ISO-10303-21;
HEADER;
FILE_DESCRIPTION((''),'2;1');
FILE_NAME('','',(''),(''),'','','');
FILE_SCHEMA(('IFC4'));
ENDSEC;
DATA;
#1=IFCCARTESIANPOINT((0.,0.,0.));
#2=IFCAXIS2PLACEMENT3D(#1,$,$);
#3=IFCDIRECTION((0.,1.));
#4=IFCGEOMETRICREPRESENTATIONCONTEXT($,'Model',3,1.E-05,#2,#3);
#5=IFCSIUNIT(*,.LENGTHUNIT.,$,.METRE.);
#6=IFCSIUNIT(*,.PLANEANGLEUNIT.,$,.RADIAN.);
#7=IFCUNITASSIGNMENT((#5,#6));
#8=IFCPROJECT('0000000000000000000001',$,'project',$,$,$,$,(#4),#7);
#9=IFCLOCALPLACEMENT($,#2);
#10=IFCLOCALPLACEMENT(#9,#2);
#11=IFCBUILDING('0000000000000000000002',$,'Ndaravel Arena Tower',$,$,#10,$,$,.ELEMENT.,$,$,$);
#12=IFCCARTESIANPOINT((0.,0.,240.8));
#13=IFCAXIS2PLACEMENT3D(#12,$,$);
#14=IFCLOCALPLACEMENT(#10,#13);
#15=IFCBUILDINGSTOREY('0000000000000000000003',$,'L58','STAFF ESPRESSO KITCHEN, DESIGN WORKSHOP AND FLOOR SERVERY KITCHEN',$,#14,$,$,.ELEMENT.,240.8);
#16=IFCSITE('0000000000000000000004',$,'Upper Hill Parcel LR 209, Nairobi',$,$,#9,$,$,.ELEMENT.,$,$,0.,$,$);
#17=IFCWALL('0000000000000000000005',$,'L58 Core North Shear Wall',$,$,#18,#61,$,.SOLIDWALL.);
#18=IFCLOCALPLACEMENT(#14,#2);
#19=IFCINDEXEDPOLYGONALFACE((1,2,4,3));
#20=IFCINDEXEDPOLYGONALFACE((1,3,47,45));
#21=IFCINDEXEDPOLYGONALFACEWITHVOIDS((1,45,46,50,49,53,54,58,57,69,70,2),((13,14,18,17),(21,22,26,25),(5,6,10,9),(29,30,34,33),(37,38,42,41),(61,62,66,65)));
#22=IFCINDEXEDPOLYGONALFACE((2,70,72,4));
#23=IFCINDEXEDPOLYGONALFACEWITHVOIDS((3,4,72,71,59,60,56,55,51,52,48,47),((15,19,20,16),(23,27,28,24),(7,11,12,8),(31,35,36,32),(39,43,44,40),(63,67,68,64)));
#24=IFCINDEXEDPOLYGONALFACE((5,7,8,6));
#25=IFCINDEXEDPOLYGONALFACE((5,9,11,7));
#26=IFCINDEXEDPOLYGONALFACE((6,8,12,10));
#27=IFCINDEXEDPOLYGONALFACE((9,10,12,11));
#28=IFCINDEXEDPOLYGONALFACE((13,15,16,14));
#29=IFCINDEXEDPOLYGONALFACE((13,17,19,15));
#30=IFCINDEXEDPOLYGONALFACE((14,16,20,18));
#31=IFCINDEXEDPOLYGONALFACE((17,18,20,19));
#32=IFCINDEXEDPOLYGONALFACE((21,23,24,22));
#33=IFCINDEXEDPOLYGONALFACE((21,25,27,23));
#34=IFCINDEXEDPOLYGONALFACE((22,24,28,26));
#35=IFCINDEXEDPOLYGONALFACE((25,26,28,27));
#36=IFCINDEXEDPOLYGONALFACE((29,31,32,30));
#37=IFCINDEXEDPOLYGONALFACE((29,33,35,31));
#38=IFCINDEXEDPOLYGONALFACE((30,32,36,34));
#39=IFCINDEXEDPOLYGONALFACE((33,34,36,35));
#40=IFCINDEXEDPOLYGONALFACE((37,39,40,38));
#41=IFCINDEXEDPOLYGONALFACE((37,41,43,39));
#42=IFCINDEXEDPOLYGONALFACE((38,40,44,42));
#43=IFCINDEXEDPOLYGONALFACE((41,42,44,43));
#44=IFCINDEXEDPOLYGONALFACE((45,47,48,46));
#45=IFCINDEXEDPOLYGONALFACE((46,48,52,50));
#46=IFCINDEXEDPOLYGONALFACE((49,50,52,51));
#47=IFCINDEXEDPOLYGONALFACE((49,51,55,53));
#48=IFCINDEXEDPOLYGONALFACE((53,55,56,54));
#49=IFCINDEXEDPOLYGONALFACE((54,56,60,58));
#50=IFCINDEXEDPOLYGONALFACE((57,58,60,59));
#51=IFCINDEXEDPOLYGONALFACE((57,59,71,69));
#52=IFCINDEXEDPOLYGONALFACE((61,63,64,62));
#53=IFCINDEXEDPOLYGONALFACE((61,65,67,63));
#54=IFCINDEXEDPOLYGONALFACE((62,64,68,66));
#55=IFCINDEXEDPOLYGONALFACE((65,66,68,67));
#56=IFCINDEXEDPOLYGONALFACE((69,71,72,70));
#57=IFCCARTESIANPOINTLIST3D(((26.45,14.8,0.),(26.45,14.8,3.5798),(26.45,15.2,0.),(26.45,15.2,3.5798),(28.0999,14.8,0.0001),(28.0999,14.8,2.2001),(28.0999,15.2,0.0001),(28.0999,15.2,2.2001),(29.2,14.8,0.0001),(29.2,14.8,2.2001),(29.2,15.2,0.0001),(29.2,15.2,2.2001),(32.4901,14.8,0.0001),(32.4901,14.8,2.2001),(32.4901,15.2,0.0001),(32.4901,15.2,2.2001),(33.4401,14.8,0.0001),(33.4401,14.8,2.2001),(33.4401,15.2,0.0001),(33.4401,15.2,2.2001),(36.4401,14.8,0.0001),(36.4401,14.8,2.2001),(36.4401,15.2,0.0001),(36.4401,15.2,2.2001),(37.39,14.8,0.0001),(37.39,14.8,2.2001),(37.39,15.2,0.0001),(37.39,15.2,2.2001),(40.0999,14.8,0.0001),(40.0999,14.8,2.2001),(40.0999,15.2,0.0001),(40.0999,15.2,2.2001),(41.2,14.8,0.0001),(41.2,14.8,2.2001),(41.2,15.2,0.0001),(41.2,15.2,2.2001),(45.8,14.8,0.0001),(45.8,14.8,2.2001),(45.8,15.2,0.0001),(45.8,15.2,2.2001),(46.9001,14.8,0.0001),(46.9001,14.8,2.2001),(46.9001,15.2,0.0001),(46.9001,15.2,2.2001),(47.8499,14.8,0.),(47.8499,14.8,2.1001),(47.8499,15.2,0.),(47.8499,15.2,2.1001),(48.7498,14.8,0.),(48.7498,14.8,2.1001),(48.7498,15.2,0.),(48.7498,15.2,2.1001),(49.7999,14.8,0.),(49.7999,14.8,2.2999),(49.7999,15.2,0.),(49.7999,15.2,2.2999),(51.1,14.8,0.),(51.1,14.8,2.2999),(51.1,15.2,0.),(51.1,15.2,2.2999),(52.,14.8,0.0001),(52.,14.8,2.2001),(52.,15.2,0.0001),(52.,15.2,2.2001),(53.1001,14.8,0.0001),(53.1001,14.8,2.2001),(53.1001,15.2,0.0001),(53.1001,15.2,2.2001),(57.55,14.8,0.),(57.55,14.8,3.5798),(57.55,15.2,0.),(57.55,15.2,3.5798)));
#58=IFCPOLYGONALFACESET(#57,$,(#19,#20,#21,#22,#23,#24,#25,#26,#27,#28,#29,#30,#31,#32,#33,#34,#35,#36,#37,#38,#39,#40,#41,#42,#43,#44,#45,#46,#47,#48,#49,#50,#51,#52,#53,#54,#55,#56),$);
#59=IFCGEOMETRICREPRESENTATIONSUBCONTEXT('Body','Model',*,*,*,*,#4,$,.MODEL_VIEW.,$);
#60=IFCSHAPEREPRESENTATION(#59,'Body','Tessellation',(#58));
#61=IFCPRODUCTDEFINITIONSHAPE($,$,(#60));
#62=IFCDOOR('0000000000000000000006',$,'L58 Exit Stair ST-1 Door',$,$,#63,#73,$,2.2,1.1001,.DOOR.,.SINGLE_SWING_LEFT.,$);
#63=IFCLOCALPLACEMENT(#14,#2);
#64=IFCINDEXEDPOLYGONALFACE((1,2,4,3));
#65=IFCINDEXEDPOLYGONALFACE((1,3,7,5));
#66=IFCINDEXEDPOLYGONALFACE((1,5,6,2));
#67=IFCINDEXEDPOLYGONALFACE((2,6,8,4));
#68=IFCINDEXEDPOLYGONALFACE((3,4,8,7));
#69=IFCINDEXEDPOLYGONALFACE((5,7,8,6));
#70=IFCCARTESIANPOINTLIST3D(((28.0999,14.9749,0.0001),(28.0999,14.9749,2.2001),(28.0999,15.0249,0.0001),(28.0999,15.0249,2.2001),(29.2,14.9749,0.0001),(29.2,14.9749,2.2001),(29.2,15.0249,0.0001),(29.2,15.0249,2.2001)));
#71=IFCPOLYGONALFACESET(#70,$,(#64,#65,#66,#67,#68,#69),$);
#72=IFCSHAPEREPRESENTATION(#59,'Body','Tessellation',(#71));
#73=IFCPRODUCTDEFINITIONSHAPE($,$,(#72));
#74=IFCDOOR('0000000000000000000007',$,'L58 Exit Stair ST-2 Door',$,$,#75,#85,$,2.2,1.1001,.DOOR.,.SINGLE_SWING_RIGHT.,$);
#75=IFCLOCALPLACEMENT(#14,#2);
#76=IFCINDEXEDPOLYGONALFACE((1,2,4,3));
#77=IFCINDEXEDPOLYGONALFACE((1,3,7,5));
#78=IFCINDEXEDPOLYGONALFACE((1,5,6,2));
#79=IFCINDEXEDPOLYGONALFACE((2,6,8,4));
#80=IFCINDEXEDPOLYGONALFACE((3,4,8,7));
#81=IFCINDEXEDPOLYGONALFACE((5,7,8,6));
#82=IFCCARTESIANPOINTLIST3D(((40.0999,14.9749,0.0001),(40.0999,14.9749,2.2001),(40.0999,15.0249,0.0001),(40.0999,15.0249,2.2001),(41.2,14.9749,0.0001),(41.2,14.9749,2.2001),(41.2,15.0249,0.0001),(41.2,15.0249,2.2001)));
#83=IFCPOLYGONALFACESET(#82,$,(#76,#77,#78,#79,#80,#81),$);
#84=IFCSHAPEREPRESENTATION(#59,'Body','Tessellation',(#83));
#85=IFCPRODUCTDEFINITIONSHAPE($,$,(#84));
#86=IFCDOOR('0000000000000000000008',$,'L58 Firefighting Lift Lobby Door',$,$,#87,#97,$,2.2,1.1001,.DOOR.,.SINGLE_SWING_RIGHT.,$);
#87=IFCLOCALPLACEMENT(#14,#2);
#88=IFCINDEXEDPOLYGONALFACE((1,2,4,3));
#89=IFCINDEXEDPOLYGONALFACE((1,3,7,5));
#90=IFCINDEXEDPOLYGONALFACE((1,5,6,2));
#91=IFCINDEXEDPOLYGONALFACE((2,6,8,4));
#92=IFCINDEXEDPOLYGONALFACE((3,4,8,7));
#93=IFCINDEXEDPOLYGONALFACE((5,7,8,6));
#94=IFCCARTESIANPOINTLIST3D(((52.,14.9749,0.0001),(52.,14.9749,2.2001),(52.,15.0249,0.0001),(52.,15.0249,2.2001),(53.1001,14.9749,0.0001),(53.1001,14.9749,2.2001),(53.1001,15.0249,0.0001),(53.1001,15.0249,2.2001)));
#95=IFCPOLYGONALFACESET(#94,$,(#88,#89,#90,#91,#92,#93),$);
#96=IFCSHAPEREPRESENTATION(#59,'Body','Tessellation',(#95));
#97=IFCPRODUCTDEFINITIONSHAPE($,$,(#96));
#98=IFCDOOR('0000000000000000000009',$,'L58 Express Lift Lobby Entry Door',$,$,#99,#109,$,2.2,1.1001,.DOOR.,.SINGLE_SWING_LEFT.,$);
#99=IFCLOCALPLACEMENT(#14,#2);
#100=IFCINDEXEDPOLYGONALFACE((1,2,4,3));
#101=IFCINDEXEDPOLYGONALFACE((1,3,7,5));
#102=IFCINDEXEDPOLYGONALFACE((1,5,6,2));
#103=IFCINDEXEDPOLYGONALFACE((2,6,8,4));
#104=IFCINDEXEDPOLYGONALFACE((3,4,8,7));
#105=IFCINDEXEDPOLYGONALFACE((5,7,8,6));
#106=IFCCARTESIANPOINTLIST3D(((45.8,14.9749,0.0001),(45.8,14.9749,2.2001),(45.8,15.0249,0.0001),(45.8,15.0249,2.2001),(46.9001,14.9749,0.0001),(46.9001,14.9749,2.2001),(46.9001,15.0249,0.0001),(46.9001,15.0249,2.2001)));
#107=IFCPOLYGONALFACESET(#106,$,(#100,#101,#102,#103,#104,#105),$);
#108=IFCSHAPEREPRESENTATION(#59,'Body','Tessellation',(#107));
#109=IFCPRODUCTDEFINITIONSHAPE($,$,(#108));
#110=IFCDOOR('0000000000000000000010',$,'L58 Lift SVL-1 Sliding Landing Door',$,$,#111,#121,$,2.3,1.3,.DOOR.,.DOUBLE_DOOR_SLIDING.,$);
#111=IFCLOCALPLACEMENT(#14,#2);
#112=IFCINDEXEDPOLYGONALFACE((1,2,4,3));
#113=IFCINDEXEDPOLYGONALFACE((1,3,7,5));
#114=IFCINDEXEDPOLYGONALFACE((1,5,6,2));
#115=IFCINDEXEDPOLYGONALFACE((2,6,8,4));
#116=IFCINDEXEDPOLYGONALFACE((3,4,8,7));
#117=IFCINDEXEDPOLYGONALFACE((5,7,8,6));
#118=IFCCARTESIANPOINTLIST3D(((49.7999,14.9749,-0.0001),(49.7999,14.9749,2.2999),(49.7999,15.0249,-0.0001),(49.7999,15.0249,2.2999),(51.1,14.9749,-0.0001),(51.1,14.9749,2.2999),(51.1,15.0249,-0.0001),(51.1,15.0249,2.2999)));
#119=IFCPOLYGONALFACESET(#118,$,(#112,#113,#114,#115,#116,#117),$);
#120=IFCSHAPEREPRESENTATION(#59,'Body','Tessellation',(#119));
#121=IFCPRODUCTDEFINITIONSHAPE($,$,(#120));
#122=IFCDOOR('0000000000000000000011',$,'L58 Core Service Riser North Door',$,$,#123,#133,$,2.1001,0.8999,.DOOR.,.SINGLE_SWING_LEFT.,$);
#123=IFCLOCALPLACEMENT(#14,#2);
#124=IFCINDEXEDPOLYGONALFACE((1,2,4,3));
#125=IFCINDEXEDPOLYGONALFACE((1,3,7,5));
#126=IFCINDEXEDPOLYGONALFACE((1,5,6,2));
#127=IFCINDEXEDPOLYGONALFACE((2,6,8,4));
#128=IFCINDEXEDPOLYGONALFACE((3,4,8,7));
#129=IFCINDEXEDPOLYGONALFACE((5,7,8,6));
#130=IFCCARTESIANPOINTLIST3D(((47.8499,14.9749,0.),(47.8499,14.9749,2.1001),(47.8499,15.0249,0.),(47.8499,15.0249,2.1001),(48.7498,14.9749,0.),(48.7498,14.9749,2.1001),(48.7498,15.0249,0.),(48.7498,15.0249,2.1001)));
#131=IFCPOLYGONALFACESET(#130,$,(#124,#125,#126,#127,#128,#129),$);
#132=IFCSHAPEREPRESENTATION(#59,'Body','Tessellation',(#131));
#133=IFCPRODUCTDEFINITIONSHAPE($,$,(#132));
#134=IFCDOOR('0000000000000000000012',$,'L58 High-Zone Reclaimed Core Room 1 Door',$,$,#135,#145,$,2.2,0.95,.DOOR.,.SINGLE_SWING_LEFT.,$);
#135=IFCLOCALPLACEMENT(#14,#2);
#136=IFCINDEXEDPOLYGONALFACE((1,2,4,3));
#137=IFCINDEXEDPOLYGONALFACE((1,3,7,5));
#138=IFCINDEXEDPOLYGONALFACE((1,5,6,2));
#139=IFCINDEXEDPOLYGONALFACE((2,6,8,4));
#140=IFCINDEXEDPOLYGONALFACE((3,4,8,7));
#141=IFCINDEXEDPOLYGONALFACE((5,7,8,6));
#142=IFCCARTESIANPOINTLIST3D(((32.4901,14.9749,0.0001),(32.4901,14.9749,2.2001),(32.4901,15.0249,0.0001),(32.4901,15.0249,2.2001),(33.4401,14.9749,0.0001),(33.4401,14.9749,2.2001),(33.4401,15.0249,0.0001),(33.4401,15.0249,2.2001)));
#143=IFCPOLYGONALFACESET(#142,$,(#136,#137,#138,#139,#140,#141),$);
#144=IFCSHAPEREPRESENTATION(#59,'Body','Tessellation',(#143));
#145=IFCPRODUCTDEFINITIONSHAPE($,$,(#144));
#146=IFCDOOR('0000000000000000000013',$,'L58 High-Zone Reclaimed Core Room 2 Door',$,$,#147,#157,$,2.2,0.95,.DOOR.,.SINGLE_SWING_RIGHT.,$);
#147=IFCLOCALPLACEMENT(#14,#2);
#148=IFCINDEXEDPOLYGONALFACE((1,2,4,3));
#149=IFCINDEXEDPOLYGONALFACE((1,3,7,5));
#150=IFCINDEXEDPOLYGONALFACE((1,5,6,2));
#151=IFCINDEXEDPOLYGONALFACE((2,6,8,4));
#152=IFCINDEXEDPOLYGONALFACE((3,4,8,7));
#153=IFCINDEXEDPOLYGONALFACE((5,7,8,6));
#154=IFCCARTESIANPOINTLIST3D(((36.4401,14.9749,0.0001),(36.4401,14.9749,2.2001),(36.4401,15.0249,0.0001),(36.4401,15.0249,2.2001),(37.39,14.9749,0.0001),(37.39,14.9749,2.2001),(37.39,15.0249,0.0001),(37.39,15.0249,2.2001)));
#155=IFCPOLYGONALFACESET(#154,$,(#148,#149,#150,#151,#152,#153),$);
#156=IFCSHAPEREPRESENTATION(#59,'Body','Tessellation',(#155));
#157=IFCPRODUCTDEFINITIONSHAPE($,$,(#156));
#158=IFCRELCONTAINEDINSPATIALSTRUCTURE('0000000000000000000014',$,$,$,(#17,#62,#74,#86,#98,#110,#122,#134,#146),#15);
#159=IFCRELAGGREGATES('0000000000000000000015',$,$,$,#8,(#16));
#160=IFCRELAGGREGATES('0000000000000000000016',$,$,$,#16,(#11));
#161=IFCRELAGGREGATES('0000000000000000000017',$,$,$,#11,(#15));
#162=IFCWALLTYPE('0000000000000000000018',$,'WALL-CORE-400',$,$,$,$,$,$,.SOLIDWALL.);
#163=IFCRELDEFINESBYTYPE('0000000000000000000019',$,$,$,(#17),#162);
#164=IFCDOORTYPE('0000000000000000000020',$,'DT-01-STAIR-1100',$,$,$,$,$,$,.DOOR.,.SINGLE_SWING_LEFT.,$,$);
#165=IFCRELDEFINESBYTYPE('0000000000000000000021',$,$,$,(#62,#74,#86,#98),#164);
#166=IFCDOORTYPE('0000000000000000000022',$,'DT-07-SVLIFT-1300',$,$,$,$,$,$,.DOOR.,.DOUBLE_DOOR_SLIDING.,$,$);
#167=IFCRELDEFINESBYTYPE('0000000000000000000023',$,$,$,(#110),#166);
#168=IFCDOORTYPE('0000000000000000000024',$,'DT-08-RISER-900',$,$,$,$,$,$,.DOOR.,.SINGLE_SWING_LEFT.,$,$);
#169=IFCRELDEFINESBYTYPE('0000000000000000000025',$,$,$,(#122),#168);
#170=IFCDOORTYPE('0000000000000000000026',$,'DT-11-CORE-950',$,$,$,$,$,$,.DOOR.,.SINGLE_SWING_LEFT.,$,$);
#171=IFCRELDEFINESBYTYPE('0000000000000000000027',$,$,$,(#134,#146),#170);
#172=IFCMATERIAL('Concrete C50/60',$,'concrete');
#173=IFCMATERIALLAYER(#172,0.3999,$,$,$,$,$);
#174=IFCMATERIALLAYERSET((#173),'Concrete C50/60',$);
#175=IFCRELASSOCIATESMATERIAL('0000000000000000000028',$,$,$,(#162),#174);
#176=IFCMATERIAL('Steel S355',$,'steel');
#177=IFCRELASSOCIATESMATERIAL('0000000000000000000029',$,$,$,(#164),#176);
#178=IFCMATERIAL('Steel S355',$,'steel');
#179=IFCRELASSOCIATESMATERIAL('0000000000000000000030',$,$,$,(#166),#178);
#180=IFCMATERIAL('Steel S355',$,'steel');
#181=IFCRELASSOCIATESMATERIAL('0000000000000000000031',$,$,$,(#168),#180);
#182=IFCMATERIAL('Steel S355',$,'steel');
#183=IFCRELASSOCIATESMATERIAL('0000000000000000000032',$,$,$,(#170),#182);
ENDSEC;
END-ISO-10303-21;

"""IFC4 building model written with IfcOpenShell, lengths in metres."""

from ifc_helpers import new_model, si_unit, direction, frame, frame_2d, origin, place, context, subcontext, project, spatial, rectangle, extrude, material, layer, layer_set, type_object, element, fill, save


model = new_model("IFC4")

# Units and contexts
model_context = context("Model", 3, precision=1e-05, world=origin(), true_north=direction((0.0, 1.0)))
body_context = subcontext(model_context, "Body", "Model", "MODEL_VIEW")
ifc_project = project(units=[si_unit("LENGTHUNIT", "METRE"), si_unit("PLANEANGLEUNIT", "RADIAN")], contexts=[model_context])

# Site, building, storey
site_placement = place(None, origin())
site = spatial("IfcSite", under=ifc_project, at=site_placement, Name="Upper Hill Parcel LR 209, Nairobi", CompositionType="ELEMENT", RefElevation=0.0)
building_placement = place(site_placement, origin())
building = spatial("IfcBuilding", under=site, at=building_placement, Name="Ndaravel Arena Tower", CompositionType="ELEMENT")
storey_placement = place(building_placement, frame((0.0, 0.0, 240.8)))
storey = spatial("IfcBuildingStorey", under=building, at=storey_placement, Name="L58", Description="STAFF ESPRESSO KITCHEN, DESIGN WORKSHOP AND FLOOR SERVERY KITCHEN", CompositionType="ELEMENT", Elevation=240.8)

# Wall, openings, doors
ifc_material_1 = material(Name="Concrete C50/60", Category="concrete")
ifc_layer_1 = layer(ifc_material_1, 0.3999)
ifc_layer_set_1 = layer_set([ifc_layer_1], Name="Concrete C50/60")
wall_type_1 = type_object("IfcWallType", Name="WALL-CORE-400", PredefinedType="SOLIDWALL", material=ifc_layer_set_1)
wall_1_placement = place(storey_placement, frame((26.45, 15.0, 0.0), z_axis=(0.0, 0.0, 1.0), x_axis=(1.0, 0.0, 0.0)))
wall_1 = element("IfcWall", 1, at=wall_1_placement, inside=storey, type_object=wall_type_1, Name="L58 Core North Shear Wall", PredefinedType="SOLIDWALL", context=body_context, shape_type="SweptSolid", body=[
    extrude(rectangle(XDim=31.1001, YDim=0.3999, at=frame_2d((15.55, 0.0))), origin(), (0.0, 0.0, 1.0), 3.5798),
])
opening_1_placement = place(wall_1_placement, frame((1.6499, 0.0, 0.0)))
opening_1 = element("IfcOpeningElement", 2, at=opening_1_placement, cuts=wall_1, PredefinedType="OPENING", context=body_context, shape_type="SweptSolid", body=[
    extrude(rectangle(XDim=1.1001, YDim=2.2, at=frame_2d((0.55, 1.1001))), frame((0.0, 0.2, 0.0), z_axis=(0.0, -1.0, 0.0), x_axis=(1.0, 0.0, 0.0)), (0.0, 0.0, 1.0), 0.3999),
])
opening_2_placement = place(wall_1_placement, frame((13.6499, 0.0, 0.0)))
opening_2 = element("IfcOpeningElement", 3, at=opening_2_placement, cuts=wall_1, PredefinedType="OPENING", context=body_context, shape_type="SweptSolid", body=[
    extrude(rectangle(XDim=1.1001, YDim=2.2, at=frame_2d((0.55, 1.1001))), frame((0.0, 0.2, 0.0), z_axis=(0.0, -1.0, 0.0), x_axis=(1.0, 0.0, 0.0)), (0.0, 0.0, 1.0), 0.3999),
])
opening_3_placement = place(wall_1_placement, frame((25.55, 0.0, 0.0)))
opening_3 = element("IfcOpeningElement", 4, at=opening_3_placement, cuts=wall_1, PredefinedType="OPENING", context=body_context, shape_type="SweptSolid", body=[
    extrude(rectangle(XDim=1.1001, YDim=2.2, at=frame_2d((0.55, 1.1001))), frame((0.0, 0.2, 0.0), z_axis=(0.0, -1.0, 0.0), x_axis=(1.0, 0.0, 0.0)), (0.0, 0.0, 1.0), 0.3999),
])
opening_4_placement = place(wall_1_placement, frame((19.3501, 0.0, 0.0)))
opening_4 = element("IfcOpeningElement", 5, at=opening_4_placement, cuts=wall_1, PredefinedType="OPENING", context=body_context, shape_type="SweptSolid", body=[
    extrude(rectangle(XDim=1.1001, YDim=2.2, at=frame_2d((0.55, 1.1001))), frame((0.0, 0.2, 0.0), z_axis=(0.0, -1.0, 0.0), x_axis=(1.0, 0.0, 0.0)), (0.0, 0.0, 1.0), 0.3999),
])
opening_5_placement = place(wall_1_placement, frame((21.3999, 0.0, 0.0)))
opening_5 = element("IfcOpeningElement", 6, at=opening_5_placement, cuts=wall_1, PredefinedType="OPENING", context=body_context, shape_type="SweptSolid", body=[
    extrude(rectangle(XDim=0.8999, YDim=2.1001, at=frame_2d((0.45, 1.05))), frame((0.0, 0.2, 0.0), z_axis=(0.0, -1.0, 0.0), x_axis=(1.0, 0.0, 0.0)), (0.0, 0.0, 1.0), 0.3999),
])
opening_6_placement = place(wall_1_placement, frame((6.04, 0.0, 0.0)))
opening_6 = element("IfcOpeningElement", 7, at=opening_6_placement, cuts=wall_1, PredefinedType="OPENING", context=body_context, shape_type="SweptSolid", body=[
    extrude(rectangle(XDim=0.95, YDim=2.2, at=frame_2d((0.4751, 1.1001))), frame((0.0, 0.2, 0.0), z_axis=(0.0, -1.0, 0.0), x_axis=(1.0, 0.0, 0.0)), (0.0, 0.0, 1.0), 0.3999),
])
opening_7_placement = place(wall_1_placement, frame((9.99, 0.0, 0.0)))
opening_7 = element("IfcOpeningElement", 8, at=opening_7_placement, cuts=wall_1, PredefinedType="OPENING", context=body_context, shape_type="SweptSolid", body=[
    extrude(rectangle(XDim=0.95, YDim=2.2, at=frame_2d((0.4751, 1.1001))), frame((0.0, 0.2, 0.0), z_axis=(0.0, -1.0, 0.0), x_axis=(1.0, 0.0, 0.0)), (0.0, 0.0, 1.0), 0.3999),
])
opening_8_placement = place(wall_1_placement, frame((23.3501, 0.0, 0.0)))
opening_8 = element("IfcOpeningElement", 9, at=opening_8_placement, cuts=wall_1, PredefinedType="OPENING", context=body_context, shape_type="SweptSolid", body=[
    extrude(rectangle(XDim=1.3, YDim=2.3, at=frame_2d((0.6499, 1.1499))), frame((0.0, 0.2, 0.0), z_axis=(0.0, -1.0, 0.0), x_axis=(1.0, 0.0, 0.0)), (0.0, 0.0, 1.0), 0.3999),
])
ifc_material_2 = material(Name="Steel S355", Category="steel")
door_type_1 = type_object("IfcDoorType", Name="DT-01-STAIR-1100", OperationType="SINGLE_SWING_LEFT", PredefinedType="DOOR", material=ifc_material_2)
door_1_placement = place(opening_1_placement, origin())
door_1 = element("IfcDoor", 10, at=door_1_placement, inside=storey, type_object=door_type_1, Name="L58 Exit Stair ST-1 Door", OperationType="SINGLE_SWING_LEFT", OverallHeight=2.2, OverallWidth=1.1001, PredefinedType="DOOR", context=body_context, shape_type="SweptSolid", body=[
    extrude(rectangle(XDim=1.1001, YDim=2.2, at=frame_2d((0.55, 1.1001))), frame((0.0, 0.0249, 0.0), z_axis=(0.0, -1.0, 0.0), x_axis=(1.0, 0.0, 0.0)), (0.0, 0.0, 1.0), 0.05),
])
fill(opening_1, door_1)
door_2_placement = place(opening_2_placement, origin())
door_2 = element("IfcDoor", 11, at=door_2_placement, inside=storey, type_object=door_type_1, Name="L58 Exit Stair ST-2 Door", OperationType="SINGLE_SWING_RIGHT", OverallHeight=2.2, OverallWidth=1.1001, PredefinedType="DOOR", context=body_context, shape_type="SweptSolid", body=[
    extrude(rectangle(XDim=1.1001, YDim=2.2, at=frame_2d((0.55, 1.1001))), frame((0.0, 0.0249, 0.0), z_axis=(0.0, -1.0, 0.0), x_axis=(1.0, 0.0, 0.0)), (0.0, 0.0, 1.0), 0.05),
])
fill(opening_2, door_2)
door_3_placement = place(opening_3_placement, origin())
door_3 = element("IfcDoor", 12, at=door_3_placement, inside=storey, type_object=door_type_1, Name="L58 Firefighting Lift Lobby Door", OperationType="SINGLE_SWING_RIGHT", OverallHeight=2.2, OverallWidth=1.1001, PredefinedType="DOOR", context=body_context, shape_type="SweptSolid", body=[
    extrude(rectangle(XDim=1.1001, YDim=2.2, at=frame_2d((0.55, 1.1001))), frame((0.0, 0.0249, 0.0), z_axis=(0.0, -1.0, 0.0), x_axis=(1.0, 0.0, 0.0)), (0.0, 0.0, 1.0), 0.05),
])
fill(opening_3, door_3)
door_4_placement = place(opening_4_placement, origin())
door_4 = element("IfcDoor", 13, at=door_4_placement, inside=storey, type_object=door_type_1, Name="L58 Express Lift Lobby Entry Door", OperationType="SINGLE_SWING_LEFT", OverallHeight=2.2, OverallWidth=1.1001, PredefinedType="DOOR", context=body_context, shape_type="SweptSolid", body=[
    extrude(rectangle(XDim=1.1001, YDim=2.2, at=frame_2d((0.55, 1.1001))), frame((0.0, 0.0249, 0.0), z_axis=(0.0, -1.0, 0.0), x_axis=(1.0, 0.0, 0.0)), (0.0, 0.0, 1.0), 0.05),
])
fill(opening_4, door_4)
ifc_material_3 = material(Name="Steel S355", Category="steel")
door_type_2 = type_object("IfcDoorType", Name="DT-07-SVLIFT-1300", OperationType="DOUBLE_DOOR_SLIDING", PredefinedType="DOOR", material=ifc_material_3)
door_5_placement = place(opening_8_placement, origin())
door_5 = element("IfcDoor", 14, at=door_5_placement, inside=storey, type_object=door_type_2, Name="L58 Lift SVL-1 Sliding Landing Door", OperationType="DOUBLE_DOOR_SLIDING", OverallHeight=2.3, OverallWidth=1.3, PredefinedType="DOOR", context=body_context, shape_type="SweptSolid", body=[
    extrude(rectangle(XDim=1.3, YDim=2.3, at=frame_2d((0.6499, 1.1499))), frame((0.0, 0.0249, 0.0), z_axis=(0.0, -1.0, 0.0), x_axis=(1.0, 0.0, 0.0)), (0.0, 0.0, 1.0), 0.05),
])
fill(opening_8, door_5)
ifc_material_4 = material(Name="Steel S355", Category="steel")
door_type_3 = type_object("IfcDoorType", Name="DT-08-RISER-900", OperationType="SINGLE_SWING_LEFT", PredefinedType="DOOR", material=ifc_material_4)
door_6_placement = place(opening_5_placement, origin())
door_6 = element("IfcDoor", 15, at=door_6_placement, inside=storey, type_object=door_type_3, Name="L58 Core Service Riser North Door", OperationType="SINGLE_SWING_LEFT", OverallHeight=2.1001, OverallWidth=0.8999, PredefinedType="DOOR", context=body_context, shape_type="SweptSolid", body=[
    extrude(rectangle(XDim=0.8999, YDim=2.1001, at=frame_2d((0.45, 1.05))), frame((0.0, 0.0249, 0.0), z_axis=(0.0, -1.0, 0.0), x_axis=(1.0, 0.0, 0.0)), (0.0, 0.0, 1.0), 0.05),
])
fill(opening_5, door_6)
ifc_material_5 = material(Name="Steel S355", Category="steel")
door_type_4 = type_object("IfcDoorType", Name="DT-11-CORE-950", OperationType="SINGLE_SWING_LEFT", PredefinedType="DOOR", material=ifc_material_5)
door_7_placement = place(opening_6_placement, origin())
door_7 = element("IfcDoor", 16, at=door_7_placement, inside=storey, type_object=door_type_4, Name="L58 High-Zone Reclaimed Core Room 1 Door", OperationType="SINGLE_SWING_LEFT", OverallHeight=2.2, OverallWidth=0.95, PredefinedType="DOOR", context=body_context, shape_type="SweptSolid", body=[
    extrude(rectangle(XDim=0.95, YDim=2.2, at=frame_2d((0.4751, 1.1001))), frame((0.0, 0.0249, 0.0), z_axis=(0.0, -1.0, 0.0), x_axis=(1.0, 0.0, 0.0)), (0.0, 0.0, 1.0), 0.05),
])
fill(opening_6, door_7)
door_8_placement = place(opening_7_placement, origin())
door_8 = element("IfcDoor", 17, at=door_8_placement, inside=storey, type_object=door_type_4, Name="L58 High-Zone Reclaimed Core Room 2 Door", OperationType="SINGLE_SWING_RIGHT", OverallHeight=2.2, OverallWidth=0.95, PredefinedType="DOOR", context=body_context, shape_type="SweptSolid", body=[
    extrude(rectangle(XDim=0.95, YDim=2.2, at=frame_2d((0.4751, 1.1001))), frame((0.0, 0.0249, 0.0), z_axis=(0.0, -1.0, 0.0), x_axis=(1.0, 0.0, 0.0)), (0.0, 0.0, 1.0), 0.05),
])
fill(opening_7, door_8)

save(model, "model.ifc")
